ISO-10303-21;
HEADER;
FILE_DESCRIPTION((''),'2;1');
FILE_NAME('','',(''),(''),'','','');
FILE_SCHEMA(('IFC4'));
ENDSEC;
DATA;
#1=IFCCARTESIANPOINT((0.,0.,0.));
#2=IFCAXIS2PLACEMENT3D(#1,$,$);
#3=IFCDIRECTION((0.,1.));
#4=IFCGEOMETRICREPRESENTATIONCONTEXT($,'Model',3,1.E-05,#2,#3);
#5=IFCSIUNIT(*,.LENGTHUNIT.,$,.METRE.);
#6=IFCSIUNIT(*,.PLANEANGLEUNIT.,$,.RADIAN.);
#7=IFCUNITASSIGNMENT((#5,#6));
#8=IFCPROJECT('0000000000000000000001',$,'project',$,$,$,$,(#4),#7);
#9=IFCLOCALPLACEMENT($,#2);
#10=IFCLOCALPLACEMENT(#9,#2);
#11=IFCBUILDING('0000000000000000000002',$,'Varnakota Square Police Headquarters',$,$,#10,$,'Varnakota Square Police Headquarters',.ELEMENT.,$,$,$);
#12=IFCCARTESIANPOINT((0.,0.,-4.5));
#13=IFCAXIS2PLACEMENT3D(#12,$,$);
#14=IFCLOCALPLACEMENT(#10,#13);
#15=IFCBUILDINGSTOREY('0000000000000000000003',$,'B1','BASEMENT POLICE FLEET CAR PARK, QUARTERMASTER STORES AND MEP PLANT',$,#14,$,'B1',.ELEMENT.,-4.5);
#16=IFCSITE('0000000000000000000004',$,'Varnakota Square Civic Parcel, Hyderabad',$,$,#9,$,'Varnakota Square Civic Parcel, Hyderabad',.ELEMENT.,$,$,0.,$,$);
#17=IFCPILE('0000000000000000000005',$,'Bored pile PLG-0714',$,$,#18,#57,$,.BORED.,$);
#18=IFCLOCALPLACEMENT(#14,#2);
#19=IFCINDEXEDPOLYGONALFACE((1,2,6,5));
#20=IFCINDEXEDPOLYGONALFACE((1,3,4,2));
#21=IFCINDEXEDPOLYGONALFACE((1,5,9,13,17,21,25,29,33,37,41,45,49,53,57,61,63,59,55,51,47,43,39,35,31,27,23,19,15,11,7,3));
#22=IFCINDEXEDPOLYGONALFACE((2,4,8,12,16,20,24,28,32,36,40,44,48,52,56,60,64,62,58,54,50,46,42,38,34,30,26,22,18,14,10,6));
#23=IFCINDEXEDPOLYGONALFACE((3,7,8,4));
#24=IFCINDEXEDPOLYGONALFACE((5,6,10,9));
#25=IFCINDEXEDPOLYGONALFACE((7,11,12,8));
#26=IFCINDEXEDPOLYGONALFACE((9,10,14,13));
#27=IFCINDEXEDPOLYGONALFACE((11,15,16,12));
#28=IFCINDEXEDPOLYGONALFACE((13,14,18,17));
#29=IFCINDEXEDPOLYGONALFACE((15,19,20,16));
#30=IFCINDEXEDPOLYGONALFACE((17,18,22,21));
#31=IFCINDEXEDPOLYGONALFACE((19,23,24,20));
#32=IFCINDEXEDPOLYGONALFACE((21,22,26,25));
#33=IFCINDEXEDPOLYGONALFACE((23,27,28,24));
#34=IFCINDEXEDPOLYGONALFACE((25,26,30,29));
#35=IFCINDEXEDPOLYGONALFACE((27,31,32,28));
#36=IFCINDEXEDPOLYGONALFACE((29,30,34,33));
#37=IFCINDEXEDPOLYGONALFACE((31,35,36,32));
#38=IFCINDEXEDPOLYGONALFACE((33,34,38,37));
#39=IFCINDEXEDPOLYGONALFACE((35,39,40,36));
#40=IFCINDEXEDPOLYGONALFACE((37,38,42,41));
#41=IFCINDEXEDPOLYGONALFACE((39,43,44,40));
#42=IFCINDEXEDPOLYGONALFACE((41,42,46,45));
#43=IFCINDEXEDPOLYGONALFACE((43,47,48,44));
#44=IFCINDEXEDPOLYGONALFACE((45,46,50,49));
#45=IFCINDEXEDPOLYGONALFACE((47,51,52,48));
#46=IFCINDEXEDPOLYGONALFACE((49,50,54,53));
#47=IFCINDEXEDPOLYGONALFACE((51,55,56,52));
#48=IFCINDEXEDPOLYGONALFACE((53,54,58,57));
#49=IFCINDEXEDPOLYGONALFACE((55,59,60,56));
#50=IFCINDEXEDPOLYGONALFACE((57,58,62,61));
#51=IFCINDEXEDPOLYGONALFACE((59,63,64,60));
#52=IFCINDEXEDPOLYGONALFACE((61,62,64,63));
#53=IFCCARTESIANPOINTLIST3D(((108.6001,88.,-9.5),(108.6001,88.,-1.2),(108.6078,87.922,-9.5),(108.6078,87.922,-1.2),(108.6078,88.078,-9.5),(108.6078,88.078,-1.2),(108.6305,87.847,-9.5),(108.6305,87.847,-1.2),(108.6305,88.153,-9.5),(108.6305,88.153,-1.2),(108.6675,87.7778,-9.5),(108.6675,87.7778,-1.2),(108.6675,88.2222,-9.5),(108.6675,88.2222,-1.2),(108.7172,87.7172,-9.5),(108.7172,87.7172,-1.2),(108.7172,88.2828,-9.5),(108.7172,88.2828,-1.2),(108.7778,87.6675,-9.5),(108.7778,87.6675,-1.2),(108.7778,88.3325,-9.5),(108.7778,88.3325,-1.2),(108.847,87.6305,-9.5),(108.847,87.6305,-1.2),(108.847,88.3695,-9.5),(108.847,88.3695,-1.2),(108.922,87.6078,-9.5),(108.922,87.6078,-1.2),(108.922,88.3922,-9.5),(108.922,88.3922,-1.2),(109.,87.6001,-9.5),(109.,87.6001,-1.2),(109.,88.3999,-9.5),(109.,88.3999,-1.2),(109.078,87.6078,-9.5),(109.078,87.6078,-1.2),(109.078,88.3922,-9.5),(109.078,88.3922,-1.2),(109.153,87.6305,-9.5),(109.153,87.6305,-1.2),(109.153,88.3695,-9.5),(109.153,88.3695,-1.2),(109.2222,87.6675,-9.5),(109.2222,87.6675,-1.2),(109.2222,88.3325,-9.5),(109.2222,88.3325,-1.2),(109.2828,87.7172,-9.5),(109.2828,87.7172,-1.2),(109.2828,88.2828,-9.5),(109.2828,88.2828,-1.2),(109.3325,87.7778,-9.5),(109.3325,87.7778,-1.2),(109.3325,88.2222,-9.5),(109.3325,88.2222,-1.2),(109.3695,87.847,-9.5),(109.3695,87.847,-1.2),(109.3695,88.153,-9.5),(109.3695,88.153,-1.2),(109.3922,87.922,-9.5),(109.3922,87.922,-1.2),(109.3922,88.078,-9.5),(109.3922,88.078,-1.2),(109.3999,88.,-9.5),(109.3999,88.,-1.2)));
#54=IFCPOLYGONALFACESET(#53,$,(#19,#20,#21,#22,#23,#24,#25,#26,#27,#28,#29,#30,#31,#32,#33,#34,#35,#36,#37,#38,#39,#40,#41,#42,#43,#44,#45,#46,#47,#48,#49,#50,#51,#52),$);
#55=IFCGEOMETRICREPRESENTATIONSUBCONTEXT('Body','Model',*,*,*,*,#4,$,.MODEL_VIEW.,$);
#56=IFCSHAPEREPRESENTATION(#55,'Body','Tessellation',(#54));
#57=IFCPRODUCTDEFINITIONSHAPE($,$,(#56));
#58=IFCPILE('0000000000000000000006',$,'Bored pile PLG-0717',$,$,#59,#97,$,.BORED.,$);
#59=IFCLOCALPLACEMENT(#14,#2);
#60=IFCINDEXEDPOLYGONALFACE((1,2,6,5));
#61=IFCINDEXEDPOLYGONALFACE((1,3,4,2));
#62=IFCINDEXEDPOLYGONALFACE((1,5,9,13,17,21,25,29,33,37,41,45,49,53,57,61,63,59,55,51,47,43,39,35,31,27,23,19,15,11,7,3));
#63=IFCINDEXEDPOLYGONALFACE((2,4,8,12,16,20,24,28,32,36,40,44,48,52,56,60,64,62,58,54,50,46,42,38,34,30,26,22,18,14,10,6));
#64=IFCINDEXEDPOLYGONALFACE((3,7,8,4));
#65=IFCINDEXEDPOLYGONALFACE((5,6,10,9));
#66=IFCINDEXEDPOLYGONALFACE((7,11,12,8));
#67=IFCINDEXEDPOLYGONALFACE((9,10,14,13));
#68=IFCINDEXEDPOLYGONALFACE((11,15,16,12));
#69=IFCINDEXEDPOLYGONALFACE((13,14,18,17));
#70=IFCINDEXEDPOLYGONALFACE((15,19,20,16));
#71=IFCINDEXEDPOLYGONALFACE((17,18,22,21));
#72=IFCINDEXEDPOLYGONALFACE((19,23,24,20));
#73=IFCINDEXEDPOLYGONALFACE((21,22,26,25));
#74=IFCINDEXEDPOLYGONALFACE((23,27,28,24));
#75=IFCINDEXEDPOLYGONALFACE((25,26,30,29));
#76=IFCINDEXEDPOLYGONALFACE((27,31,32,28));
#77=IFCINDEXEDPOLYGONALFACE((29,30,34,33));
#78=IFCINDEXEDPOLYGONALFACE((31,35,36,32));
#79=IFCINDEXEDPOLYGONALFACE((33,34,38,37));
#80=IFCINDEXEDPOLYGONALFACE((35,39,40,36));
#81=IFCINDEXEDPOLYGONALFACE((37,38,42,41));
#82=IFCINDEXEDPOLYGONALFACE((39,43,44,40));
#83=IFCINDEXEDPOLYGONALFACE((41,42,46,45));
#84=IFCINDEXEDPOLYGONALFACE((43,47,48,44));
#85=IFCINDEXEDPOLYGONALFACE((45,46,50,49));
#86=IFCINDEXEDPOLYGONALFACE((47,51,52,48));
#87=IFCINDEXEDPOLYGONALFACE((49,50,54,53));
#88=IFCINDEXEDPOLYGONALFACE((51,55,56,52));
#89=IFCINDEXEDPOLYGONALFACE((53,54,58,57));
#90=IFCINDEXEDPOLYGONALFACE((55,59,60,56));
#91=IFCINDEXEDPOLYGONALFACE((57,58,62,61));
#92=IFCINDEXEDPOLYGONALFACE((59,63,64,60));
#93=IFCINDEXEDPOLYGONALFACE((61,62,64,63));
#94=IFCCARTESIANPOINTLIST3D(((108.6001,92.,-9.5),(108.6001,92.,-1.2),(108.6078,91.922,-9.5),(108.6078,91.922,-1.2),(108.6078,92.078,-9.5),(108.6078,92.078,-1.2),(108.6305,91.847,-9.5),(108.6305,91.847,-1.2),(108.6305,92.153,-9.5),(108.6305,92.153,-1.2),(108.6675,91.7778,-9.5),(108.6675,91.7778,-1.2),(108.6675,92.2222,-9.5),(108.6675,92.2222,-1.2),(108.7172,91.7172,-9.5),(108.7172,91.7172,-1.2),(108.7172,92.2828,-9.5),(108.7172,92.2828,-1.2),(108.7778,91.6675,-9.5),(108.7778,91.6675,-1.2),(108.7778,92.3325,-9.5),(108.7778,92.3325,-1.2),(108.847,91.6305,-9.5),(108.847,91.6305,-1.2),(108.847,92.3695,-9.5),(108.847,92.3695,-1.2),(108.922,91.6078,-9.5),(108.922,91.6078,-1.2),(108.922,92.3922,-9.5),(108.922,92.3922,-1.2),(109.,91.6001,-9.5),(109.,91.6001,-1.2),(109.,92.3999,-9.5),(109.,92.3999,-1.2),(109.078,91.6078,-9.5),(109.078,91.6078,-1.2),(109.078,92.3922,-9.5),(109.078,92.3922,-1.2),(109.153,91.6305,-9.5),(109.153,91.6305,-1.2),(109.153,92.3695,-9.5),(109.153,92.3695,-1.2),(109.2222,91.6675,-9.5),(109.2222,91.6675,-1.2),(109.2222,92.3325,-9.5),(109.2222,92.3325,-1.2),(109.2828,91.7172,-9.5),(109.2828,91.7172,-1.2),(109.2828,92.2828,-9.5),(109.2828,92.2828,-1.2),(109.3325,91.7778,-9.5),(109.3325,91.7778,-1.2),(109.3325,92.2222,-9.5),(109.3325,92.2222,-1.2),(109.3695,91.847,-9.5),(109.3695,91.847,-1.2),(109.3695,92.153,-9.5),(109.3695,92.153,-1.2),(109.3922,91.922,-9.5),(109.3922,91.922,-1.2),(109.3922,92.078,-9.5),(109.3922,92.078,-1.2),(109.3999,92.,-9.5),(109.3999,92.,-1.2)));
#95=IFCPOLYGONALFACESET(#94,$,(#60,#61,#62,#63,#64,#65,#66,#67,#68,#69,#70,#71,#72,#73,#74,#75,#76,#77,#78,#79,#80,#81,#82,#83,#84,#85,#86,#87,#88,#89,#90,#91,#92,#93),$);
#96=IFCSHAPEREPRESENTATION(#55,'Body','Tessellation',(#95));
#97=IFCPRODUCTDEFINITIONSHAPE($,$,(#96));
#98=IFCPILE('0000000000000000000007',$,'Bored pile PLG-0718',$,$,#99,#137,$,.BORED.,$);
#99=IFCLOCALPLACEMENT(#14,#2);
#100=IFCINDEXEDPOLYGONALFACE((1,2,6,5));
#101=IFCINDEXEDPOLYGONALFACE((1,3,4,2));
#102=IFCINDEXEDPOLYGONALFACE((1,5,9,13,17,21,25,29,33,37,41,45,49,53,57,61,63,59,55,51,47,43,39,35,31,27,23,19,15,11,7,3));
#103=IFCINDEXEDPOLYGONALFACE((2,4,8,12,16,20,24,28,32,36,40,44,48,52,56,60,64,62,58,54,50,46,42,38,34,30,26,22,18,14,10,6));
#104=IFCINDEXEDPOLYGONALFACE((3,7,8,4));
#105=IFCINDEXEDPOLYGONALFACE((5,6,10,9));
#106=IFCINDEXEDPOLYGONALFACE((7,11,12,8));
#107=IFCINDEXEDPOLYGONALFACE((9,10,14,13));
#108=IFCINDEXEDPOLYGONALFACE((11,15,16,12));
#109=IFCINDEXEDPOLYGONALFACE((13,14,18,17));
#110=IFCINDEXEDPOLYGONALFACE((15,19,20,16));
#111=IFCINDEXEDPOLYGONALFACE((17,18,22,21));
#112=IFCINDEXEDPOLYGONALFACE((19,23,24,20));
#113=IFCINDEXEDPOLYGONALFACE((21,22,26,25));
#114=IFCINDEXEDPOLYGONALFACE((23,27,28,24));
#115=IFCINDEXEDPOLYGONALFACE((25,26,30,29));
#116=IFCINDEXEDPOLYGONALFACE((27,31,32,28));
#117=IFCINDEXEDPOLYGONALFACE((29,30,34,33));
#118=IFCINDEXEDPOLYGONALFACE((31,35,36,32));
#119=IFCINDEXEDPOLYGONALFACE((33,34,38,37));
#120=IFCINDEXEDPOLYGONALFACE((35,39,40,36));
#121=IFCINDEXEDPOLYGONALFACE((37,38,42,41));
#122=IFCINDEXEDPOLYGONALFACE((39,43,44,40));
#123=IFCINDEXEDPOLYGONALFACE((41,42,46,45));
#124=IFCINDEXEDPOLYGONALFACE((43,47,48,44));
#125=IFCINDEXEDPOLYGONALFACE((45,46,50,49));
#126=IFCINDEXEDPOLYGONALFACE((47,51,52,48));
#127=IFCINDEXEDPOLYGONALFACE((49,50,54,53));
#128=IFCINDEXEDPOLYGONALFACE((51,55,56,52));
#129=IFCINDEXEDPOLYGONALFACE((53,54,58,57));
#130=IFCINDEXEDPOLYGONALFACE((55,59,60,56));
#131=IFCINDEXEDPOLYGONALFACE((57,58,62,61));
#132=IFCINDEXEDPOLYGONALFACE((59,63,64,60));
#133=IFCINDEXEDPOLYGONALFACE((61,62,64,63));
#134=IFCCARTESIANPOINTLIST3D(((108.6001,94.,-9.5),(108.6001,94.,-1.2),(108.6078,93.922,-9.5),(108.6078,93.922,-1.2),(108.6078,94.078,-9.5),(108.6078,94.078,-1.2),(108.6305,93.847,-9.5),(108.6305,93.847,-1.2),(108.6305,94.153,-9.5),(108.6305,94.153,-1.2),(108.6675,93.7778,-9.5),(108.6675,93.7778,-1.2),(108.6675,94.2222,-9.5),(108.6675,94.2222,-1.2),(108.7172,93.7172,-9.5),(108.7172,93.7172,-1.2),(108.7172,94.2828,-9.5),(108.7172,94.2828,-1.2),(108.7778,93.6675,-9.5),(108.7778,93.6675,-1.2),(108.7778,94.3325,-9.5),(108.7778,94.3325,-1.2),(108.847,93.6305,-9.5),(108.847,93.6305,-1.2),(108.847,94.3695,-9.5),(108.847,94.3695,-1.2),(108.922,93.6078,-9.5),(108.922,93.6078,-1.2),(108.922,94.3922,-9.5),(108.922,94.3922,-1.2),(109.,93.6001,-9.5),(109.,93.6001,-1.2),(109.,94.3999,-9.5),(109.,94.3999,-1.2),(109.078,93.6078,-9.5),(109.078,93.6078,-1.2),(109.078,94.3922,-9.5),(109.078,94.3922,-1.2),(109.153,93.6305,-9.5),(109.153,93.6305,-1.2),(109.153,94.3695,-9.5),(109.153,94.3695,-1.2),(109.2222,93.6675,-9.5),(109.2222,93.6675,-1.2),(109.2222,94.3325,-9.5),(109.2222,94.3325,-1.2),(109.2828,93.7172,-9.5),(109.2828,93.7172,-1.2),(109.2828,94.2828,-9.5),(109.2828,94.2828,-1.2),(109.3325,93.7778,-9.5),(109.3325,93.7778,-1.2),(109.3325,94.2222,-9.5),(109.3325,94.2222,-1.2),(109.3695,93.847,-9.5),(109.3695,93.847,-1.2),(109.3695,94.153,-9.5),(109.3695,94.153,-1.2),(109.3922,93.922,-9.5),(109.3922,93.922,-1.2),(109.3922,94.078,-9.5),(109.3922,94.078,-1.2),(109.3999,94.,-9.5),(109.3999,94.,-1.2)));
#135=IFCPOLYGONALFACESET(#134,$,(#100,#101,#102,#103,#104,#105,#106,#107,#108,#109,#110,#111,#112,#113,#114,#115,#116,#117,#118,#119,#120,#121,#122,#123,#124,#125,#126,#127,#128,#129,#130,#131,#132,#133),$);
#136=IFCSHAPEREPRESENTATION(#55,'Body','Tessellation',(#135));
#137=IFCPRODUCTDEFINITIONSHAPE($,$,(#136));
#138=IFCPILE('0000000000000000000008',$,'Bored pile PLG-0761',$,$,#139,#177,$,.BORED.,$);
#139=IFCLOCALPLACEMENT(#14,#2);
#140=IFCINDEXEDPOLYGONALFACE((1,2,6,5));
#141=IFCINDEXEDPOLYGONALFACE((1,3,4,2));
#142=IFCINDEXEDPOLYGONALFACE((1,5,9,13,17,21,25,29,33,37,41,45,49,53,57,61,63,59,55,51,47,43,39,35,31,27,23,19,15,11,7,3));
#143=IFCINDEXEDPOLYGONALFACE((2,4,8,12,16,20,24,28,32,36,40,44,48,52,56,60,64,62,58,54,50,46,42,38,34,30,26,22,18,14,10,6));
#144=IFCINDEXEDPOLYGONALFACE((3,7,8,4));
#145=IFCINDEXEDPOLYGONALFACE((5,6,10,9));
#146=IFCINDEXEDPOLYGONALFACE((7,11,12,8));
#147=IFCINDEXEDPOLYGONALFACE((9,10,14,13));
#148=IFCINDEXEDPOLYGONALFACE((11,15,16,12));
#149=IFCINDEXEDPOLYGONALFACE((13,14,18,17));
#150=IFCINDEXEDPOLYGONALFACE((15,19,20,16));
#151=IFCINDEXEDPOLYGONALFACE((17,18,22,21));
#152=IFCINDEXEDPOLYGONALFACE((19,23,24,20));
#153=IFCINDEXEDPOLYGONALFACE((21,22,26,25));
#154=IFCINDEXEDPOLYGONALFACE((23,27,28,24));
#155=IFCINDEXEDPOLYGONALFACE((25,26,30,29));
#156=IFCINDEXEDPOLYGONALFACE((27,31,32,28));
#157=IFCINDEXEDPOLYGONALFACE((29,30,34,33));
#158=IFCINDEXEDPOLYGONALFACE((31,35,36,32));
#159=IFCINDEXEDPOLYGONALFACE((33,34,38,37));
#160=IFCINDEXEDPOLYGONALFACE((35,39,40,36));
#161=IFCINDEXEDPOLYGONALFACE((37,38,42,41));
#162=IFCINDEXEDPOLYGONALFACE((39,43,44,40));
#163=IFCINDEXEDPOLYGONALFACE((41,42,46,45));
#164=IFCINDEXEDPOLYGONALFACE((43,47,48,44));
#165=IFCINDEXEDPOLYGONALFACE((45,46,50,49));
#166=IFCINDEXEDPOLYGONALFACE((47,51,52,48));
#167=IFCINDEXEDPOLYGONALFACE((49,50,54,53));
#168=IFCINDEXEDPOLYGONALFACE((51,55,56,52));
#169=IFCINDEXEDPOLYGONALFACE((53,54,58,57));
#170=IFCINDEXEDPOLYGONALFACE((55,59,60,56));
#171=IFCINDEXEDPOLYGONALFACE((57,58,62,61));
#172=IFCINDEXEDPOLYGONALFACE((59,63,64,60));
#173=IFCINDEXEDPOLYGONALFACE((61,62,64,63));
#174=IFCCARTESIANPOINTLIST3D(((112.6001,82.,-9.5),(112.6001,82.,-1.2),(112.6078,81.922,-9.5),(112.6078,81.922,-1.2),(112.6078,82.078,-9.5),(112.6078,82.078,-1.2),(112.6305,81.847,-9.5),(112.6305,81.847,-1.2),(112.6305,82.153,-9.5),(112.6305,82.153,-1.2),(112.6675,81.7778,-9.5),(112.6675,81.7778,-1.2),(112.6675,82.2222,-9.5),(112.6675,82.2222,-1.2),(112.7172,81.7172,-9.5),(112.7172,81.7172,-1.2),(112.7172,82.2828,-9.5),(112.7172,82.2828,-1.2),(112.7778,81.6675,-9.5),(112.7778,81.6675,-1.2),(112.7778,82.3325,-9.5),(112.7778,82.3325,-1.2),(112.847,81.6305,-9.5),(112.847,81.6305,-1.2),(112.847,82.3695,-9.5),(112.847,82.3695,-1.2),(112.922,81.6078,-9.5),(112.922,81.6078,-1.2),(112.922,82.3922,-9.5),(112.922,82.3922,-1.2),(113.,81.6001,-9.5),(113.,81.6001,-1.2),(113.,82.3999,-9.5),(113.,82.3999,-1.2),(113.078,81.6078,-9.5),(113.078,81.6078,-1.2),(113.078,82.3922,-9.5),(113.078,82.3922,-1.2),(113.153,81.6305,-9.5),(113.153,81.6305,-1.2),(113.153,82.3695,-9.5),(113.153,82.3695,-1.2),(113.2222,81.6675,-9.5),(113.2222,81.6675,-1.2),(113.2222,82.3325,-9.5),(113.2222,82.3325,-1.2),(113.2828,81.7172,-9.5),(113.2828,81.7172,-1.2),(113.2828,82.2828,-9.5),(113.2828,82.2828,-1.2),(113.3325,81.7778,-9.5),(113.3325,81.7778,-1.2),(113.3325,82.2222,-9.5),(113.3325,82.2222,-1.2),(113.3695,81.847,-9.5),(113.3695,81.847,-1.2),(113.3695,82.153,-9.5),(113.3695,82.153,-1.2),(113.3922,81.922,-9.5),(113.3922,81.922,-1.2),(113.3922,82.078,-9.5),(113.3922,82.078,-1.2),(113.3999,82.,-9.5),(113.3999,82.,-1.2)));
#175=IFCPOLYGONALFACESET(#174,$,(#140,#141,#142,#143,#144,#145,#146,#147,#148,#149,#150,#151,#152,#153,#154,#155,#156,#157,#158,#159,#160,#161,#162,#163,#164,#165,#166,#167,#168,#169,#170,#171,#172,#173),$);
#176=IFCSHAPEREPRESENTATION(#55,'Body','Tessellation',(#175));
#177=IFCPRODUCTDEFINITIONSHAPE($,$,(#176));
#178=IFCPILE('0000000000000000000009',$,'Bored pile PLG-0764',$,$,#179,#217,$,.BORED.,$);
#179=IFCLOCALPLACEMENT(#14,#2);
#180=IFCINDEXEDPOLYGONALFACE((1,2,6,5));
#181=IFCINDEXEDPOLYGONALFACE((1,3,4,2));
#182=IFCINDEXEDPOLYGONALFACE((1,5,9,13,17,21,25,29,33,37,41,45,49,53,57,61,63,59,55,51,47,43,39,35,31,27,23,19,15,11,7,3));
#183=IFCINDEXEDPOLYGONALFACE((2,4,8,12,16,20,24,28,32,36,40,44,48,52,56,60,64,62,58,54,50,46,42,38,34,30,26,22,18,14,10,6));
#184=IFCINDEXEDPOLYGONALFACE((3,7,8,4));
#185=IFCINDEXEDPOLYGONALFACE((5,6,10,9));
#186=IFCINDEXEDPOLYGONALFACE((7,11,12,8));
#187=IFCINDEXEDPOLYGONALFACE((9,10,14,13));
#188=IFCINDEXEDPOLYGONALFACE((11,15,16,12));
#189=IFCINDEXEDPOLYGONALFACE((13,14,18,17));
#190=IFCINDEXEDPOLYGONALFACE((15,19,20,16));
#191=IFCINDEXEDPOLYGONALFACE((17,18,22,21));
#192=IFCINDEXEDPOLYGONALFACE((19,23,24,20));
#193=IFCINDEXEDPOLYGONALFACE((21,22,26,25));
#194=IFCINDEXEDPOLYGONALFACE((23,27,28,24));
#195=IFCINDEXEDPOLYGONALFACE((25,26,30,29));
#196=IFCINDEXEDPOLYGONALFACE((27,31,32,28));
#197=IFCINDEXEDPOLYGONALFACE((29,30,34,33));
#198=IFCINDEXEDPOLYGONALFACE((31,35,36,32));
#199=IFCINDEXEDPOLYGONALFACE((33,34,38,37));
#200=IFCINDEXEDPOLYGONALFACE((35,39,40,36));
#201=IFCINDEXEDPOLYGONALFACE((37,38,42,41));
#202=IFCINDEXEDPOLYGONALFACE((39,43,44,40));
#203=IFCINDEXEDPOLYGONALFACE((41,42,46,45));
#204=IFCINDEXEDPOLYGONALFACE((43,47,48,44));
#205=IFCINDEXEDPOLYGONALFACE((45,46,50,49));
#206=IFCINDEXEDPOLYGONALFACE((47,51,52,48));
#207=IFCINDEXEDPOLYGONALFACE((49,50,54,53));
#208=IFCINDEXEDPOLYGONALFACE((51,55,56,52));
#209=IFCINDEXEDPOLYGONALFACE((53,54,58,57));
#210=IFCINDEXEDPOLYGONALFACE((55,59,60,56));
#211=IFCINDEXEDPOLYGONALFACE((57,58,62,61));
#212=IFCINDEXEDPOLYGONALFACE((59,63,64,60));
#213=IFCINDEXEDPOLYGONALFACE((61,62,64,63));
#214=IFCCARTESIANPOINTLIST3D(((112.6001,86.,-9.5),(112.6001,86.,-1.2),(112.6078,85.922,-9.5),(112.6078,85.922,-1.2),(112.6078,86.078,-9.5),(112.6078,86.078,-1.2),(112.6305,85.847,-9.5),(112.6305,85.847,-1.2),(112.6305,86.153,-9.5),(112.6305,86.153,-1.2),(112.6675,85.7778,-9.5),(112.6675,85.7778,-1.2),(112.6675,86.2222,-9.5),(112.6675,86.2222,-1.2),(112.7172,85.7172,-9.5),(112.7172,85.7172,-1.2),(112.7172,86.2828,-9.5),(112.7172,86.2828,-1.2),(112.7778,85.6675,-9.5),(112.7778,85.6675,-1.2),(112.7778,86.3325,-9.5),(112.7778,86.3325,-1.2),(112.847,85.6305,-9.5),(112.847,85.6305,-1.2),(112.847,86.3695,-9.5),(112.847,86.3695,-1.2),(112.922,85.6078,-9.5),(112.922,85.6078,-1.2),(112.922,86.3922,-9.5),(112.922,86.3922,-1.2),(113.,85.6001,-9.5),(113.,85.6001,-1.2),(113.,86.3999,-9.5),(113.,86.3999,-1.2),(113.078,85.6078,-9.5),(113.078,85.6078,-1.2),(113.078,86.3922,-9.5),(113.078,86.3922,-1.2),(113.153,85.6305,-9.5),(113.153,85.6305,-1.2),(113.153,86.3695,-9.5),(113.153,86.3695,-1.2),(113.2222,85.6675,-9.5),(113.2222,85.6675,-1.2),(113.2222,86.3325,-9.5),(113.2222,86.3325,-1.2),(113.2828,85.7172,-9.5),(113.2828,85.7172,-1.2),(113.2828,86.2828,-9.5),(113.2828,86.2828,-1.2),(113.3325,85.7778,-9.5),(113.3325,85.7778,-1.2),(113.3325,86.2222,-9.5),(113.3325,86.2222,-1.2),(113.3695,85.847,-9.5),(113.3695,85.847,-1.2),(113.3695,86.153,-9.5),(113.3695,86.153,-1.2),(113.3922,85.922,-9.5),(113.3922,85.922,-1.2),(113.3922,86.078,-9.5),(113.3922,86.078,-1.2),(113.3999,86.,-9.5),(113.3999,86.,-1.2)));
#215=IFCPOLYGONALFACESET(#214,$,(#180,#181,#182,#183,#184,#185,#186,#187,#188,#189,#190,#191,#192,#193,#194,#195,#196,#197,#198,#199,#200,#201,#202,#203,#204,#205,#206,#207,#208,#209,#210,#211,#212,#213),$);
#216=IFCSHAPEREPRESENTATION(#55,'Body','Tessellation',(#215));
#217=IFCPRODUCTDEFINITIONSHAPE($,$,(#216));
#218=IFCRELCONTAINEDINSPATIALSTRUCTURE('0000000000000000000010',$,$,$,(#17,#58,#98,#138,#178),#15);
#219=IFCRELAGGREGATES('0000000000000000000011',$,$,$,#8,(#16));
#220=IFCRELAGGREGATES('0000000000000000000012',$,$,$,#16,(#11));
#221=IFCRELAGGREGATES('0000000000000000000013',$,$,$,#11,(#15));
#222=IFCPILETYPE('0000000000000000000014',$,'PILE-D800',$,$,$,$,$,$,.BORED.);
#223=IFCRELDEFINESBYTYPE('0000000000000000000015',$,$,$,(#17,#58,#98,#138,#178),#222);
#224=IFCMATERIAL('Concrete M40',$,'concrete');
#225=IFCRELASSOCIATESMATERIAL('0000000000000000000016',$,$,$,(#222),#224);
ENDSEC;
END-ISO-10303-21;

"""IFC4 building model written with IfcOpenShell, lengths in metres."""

from ifc_helpers import new_model, si_unit, direction, frame, origin, origin_2d, place, context, subcontext, project, spatial, circle, extrude, material, material_profile, profile_set, type_object, element, save


model = new_model("IFC4")

# Units and contexts
model_context = context("Model", 3, precision=1e-05, world=origin(), true_north=direction((0.0, 1.0)))
body_context = subcontext(model_context, "Body", "Model", "MODEL_VIEW")
ifc_project = project(units=[si_unit("LENGTHUNIT", "METRE"), si_unit("PLANEANGLEUNIT", "RADIAN")], contexts=[model_context])

# Site, building, storey
site_placement = place(None, origin())
site = spatial("IfcSite", under=ifc_project, at=site_placement, Name="Varnakota Square Civic Parcel, Hyderabad", LongName="Varnakota Square Civic Parcel, Hyderabad", CompositionType="ELEMENT", RefElevation=0.0)
building_placement = place(site_placement, origin())
building = spatial("IfcBuilding", under=site, at=building_placement, Name="Varnakota Square Police Headquarters", LongName="Varnakota Square Police Headquarters", CompositionType="ELEMENT")
storey_placement = place(building_placement, frame((0.0, 0.0, -4.5)))
storey = spatial("IfcBuildingStorey", under=building, at=storey_placement, Name="B1", Description="BASEMENT POLICE FLEET CAR PARK, QUARTERMASTER STORES AND MEP PLANT", LongName="B1", CompositionType="ELEMENT", Elevation=-4.5)

# Shared definitions
ifc_material_1 = material(Name="Concrete M40", Category="concrete")

# Piles
ifc_material_profile_1 = material_profile(ifc_material_1, circle(Radius=0.3999, at=origin_2d()), Name="BORED PILE 800")
ifc_profile_set_1 = profile_set([ifc_material_profile_1], Name="Concrete M40")
pile_type = type_object("IfcPileType", Name="PILE-D800", PredefinedType="BORED", material=ifc_profile_set_1)
for number, where, z_axis, x_axis, name in (
    (1, (109.0, 88.0, -1.2), (0.0, 0.0, -1.0), (1.0, 0.0, 0.0), "Bored pile PLG-0714"),
    (2, (109.0, 92.0, -1.2), (0.0, 0.0, -1.0), (1.0, 0.0, 0.0), "Bored pile PLG-0717"),
    (3, (109.0, 94.0, -1.2), (0.0, 0.0, -1.0), (1.0, 0.0, 0.0), "Bored pile PLG-0718"),
    (4, (113.0, 82.0, -1.2), (0.0, 0.0, -1.0), (1.0, 0.0, 0.0), "Bored pile PLG-0761"),
    (5, (113.0, 86.0, -1.2), (0.0, 0.0, -1.0), (1.0, 0.0, 0.0), "Bored pile PLG-0764"),
):
    element("IfcPile", number, at=place(storey_placement, frame(where, z_axis=z_axis, x_axis=x_axis)), inside=storey, type_object=pile_type, Name=name, PredefinedType="BORED", context=body_context, shape_type="SweptSolid", body=[
        extrude(circle(Radius=0.3999, at=origin_2d()), origin(), (0.0, 0.0, 1.0), 8.3),
    ])

save(model, "model.ifc")
